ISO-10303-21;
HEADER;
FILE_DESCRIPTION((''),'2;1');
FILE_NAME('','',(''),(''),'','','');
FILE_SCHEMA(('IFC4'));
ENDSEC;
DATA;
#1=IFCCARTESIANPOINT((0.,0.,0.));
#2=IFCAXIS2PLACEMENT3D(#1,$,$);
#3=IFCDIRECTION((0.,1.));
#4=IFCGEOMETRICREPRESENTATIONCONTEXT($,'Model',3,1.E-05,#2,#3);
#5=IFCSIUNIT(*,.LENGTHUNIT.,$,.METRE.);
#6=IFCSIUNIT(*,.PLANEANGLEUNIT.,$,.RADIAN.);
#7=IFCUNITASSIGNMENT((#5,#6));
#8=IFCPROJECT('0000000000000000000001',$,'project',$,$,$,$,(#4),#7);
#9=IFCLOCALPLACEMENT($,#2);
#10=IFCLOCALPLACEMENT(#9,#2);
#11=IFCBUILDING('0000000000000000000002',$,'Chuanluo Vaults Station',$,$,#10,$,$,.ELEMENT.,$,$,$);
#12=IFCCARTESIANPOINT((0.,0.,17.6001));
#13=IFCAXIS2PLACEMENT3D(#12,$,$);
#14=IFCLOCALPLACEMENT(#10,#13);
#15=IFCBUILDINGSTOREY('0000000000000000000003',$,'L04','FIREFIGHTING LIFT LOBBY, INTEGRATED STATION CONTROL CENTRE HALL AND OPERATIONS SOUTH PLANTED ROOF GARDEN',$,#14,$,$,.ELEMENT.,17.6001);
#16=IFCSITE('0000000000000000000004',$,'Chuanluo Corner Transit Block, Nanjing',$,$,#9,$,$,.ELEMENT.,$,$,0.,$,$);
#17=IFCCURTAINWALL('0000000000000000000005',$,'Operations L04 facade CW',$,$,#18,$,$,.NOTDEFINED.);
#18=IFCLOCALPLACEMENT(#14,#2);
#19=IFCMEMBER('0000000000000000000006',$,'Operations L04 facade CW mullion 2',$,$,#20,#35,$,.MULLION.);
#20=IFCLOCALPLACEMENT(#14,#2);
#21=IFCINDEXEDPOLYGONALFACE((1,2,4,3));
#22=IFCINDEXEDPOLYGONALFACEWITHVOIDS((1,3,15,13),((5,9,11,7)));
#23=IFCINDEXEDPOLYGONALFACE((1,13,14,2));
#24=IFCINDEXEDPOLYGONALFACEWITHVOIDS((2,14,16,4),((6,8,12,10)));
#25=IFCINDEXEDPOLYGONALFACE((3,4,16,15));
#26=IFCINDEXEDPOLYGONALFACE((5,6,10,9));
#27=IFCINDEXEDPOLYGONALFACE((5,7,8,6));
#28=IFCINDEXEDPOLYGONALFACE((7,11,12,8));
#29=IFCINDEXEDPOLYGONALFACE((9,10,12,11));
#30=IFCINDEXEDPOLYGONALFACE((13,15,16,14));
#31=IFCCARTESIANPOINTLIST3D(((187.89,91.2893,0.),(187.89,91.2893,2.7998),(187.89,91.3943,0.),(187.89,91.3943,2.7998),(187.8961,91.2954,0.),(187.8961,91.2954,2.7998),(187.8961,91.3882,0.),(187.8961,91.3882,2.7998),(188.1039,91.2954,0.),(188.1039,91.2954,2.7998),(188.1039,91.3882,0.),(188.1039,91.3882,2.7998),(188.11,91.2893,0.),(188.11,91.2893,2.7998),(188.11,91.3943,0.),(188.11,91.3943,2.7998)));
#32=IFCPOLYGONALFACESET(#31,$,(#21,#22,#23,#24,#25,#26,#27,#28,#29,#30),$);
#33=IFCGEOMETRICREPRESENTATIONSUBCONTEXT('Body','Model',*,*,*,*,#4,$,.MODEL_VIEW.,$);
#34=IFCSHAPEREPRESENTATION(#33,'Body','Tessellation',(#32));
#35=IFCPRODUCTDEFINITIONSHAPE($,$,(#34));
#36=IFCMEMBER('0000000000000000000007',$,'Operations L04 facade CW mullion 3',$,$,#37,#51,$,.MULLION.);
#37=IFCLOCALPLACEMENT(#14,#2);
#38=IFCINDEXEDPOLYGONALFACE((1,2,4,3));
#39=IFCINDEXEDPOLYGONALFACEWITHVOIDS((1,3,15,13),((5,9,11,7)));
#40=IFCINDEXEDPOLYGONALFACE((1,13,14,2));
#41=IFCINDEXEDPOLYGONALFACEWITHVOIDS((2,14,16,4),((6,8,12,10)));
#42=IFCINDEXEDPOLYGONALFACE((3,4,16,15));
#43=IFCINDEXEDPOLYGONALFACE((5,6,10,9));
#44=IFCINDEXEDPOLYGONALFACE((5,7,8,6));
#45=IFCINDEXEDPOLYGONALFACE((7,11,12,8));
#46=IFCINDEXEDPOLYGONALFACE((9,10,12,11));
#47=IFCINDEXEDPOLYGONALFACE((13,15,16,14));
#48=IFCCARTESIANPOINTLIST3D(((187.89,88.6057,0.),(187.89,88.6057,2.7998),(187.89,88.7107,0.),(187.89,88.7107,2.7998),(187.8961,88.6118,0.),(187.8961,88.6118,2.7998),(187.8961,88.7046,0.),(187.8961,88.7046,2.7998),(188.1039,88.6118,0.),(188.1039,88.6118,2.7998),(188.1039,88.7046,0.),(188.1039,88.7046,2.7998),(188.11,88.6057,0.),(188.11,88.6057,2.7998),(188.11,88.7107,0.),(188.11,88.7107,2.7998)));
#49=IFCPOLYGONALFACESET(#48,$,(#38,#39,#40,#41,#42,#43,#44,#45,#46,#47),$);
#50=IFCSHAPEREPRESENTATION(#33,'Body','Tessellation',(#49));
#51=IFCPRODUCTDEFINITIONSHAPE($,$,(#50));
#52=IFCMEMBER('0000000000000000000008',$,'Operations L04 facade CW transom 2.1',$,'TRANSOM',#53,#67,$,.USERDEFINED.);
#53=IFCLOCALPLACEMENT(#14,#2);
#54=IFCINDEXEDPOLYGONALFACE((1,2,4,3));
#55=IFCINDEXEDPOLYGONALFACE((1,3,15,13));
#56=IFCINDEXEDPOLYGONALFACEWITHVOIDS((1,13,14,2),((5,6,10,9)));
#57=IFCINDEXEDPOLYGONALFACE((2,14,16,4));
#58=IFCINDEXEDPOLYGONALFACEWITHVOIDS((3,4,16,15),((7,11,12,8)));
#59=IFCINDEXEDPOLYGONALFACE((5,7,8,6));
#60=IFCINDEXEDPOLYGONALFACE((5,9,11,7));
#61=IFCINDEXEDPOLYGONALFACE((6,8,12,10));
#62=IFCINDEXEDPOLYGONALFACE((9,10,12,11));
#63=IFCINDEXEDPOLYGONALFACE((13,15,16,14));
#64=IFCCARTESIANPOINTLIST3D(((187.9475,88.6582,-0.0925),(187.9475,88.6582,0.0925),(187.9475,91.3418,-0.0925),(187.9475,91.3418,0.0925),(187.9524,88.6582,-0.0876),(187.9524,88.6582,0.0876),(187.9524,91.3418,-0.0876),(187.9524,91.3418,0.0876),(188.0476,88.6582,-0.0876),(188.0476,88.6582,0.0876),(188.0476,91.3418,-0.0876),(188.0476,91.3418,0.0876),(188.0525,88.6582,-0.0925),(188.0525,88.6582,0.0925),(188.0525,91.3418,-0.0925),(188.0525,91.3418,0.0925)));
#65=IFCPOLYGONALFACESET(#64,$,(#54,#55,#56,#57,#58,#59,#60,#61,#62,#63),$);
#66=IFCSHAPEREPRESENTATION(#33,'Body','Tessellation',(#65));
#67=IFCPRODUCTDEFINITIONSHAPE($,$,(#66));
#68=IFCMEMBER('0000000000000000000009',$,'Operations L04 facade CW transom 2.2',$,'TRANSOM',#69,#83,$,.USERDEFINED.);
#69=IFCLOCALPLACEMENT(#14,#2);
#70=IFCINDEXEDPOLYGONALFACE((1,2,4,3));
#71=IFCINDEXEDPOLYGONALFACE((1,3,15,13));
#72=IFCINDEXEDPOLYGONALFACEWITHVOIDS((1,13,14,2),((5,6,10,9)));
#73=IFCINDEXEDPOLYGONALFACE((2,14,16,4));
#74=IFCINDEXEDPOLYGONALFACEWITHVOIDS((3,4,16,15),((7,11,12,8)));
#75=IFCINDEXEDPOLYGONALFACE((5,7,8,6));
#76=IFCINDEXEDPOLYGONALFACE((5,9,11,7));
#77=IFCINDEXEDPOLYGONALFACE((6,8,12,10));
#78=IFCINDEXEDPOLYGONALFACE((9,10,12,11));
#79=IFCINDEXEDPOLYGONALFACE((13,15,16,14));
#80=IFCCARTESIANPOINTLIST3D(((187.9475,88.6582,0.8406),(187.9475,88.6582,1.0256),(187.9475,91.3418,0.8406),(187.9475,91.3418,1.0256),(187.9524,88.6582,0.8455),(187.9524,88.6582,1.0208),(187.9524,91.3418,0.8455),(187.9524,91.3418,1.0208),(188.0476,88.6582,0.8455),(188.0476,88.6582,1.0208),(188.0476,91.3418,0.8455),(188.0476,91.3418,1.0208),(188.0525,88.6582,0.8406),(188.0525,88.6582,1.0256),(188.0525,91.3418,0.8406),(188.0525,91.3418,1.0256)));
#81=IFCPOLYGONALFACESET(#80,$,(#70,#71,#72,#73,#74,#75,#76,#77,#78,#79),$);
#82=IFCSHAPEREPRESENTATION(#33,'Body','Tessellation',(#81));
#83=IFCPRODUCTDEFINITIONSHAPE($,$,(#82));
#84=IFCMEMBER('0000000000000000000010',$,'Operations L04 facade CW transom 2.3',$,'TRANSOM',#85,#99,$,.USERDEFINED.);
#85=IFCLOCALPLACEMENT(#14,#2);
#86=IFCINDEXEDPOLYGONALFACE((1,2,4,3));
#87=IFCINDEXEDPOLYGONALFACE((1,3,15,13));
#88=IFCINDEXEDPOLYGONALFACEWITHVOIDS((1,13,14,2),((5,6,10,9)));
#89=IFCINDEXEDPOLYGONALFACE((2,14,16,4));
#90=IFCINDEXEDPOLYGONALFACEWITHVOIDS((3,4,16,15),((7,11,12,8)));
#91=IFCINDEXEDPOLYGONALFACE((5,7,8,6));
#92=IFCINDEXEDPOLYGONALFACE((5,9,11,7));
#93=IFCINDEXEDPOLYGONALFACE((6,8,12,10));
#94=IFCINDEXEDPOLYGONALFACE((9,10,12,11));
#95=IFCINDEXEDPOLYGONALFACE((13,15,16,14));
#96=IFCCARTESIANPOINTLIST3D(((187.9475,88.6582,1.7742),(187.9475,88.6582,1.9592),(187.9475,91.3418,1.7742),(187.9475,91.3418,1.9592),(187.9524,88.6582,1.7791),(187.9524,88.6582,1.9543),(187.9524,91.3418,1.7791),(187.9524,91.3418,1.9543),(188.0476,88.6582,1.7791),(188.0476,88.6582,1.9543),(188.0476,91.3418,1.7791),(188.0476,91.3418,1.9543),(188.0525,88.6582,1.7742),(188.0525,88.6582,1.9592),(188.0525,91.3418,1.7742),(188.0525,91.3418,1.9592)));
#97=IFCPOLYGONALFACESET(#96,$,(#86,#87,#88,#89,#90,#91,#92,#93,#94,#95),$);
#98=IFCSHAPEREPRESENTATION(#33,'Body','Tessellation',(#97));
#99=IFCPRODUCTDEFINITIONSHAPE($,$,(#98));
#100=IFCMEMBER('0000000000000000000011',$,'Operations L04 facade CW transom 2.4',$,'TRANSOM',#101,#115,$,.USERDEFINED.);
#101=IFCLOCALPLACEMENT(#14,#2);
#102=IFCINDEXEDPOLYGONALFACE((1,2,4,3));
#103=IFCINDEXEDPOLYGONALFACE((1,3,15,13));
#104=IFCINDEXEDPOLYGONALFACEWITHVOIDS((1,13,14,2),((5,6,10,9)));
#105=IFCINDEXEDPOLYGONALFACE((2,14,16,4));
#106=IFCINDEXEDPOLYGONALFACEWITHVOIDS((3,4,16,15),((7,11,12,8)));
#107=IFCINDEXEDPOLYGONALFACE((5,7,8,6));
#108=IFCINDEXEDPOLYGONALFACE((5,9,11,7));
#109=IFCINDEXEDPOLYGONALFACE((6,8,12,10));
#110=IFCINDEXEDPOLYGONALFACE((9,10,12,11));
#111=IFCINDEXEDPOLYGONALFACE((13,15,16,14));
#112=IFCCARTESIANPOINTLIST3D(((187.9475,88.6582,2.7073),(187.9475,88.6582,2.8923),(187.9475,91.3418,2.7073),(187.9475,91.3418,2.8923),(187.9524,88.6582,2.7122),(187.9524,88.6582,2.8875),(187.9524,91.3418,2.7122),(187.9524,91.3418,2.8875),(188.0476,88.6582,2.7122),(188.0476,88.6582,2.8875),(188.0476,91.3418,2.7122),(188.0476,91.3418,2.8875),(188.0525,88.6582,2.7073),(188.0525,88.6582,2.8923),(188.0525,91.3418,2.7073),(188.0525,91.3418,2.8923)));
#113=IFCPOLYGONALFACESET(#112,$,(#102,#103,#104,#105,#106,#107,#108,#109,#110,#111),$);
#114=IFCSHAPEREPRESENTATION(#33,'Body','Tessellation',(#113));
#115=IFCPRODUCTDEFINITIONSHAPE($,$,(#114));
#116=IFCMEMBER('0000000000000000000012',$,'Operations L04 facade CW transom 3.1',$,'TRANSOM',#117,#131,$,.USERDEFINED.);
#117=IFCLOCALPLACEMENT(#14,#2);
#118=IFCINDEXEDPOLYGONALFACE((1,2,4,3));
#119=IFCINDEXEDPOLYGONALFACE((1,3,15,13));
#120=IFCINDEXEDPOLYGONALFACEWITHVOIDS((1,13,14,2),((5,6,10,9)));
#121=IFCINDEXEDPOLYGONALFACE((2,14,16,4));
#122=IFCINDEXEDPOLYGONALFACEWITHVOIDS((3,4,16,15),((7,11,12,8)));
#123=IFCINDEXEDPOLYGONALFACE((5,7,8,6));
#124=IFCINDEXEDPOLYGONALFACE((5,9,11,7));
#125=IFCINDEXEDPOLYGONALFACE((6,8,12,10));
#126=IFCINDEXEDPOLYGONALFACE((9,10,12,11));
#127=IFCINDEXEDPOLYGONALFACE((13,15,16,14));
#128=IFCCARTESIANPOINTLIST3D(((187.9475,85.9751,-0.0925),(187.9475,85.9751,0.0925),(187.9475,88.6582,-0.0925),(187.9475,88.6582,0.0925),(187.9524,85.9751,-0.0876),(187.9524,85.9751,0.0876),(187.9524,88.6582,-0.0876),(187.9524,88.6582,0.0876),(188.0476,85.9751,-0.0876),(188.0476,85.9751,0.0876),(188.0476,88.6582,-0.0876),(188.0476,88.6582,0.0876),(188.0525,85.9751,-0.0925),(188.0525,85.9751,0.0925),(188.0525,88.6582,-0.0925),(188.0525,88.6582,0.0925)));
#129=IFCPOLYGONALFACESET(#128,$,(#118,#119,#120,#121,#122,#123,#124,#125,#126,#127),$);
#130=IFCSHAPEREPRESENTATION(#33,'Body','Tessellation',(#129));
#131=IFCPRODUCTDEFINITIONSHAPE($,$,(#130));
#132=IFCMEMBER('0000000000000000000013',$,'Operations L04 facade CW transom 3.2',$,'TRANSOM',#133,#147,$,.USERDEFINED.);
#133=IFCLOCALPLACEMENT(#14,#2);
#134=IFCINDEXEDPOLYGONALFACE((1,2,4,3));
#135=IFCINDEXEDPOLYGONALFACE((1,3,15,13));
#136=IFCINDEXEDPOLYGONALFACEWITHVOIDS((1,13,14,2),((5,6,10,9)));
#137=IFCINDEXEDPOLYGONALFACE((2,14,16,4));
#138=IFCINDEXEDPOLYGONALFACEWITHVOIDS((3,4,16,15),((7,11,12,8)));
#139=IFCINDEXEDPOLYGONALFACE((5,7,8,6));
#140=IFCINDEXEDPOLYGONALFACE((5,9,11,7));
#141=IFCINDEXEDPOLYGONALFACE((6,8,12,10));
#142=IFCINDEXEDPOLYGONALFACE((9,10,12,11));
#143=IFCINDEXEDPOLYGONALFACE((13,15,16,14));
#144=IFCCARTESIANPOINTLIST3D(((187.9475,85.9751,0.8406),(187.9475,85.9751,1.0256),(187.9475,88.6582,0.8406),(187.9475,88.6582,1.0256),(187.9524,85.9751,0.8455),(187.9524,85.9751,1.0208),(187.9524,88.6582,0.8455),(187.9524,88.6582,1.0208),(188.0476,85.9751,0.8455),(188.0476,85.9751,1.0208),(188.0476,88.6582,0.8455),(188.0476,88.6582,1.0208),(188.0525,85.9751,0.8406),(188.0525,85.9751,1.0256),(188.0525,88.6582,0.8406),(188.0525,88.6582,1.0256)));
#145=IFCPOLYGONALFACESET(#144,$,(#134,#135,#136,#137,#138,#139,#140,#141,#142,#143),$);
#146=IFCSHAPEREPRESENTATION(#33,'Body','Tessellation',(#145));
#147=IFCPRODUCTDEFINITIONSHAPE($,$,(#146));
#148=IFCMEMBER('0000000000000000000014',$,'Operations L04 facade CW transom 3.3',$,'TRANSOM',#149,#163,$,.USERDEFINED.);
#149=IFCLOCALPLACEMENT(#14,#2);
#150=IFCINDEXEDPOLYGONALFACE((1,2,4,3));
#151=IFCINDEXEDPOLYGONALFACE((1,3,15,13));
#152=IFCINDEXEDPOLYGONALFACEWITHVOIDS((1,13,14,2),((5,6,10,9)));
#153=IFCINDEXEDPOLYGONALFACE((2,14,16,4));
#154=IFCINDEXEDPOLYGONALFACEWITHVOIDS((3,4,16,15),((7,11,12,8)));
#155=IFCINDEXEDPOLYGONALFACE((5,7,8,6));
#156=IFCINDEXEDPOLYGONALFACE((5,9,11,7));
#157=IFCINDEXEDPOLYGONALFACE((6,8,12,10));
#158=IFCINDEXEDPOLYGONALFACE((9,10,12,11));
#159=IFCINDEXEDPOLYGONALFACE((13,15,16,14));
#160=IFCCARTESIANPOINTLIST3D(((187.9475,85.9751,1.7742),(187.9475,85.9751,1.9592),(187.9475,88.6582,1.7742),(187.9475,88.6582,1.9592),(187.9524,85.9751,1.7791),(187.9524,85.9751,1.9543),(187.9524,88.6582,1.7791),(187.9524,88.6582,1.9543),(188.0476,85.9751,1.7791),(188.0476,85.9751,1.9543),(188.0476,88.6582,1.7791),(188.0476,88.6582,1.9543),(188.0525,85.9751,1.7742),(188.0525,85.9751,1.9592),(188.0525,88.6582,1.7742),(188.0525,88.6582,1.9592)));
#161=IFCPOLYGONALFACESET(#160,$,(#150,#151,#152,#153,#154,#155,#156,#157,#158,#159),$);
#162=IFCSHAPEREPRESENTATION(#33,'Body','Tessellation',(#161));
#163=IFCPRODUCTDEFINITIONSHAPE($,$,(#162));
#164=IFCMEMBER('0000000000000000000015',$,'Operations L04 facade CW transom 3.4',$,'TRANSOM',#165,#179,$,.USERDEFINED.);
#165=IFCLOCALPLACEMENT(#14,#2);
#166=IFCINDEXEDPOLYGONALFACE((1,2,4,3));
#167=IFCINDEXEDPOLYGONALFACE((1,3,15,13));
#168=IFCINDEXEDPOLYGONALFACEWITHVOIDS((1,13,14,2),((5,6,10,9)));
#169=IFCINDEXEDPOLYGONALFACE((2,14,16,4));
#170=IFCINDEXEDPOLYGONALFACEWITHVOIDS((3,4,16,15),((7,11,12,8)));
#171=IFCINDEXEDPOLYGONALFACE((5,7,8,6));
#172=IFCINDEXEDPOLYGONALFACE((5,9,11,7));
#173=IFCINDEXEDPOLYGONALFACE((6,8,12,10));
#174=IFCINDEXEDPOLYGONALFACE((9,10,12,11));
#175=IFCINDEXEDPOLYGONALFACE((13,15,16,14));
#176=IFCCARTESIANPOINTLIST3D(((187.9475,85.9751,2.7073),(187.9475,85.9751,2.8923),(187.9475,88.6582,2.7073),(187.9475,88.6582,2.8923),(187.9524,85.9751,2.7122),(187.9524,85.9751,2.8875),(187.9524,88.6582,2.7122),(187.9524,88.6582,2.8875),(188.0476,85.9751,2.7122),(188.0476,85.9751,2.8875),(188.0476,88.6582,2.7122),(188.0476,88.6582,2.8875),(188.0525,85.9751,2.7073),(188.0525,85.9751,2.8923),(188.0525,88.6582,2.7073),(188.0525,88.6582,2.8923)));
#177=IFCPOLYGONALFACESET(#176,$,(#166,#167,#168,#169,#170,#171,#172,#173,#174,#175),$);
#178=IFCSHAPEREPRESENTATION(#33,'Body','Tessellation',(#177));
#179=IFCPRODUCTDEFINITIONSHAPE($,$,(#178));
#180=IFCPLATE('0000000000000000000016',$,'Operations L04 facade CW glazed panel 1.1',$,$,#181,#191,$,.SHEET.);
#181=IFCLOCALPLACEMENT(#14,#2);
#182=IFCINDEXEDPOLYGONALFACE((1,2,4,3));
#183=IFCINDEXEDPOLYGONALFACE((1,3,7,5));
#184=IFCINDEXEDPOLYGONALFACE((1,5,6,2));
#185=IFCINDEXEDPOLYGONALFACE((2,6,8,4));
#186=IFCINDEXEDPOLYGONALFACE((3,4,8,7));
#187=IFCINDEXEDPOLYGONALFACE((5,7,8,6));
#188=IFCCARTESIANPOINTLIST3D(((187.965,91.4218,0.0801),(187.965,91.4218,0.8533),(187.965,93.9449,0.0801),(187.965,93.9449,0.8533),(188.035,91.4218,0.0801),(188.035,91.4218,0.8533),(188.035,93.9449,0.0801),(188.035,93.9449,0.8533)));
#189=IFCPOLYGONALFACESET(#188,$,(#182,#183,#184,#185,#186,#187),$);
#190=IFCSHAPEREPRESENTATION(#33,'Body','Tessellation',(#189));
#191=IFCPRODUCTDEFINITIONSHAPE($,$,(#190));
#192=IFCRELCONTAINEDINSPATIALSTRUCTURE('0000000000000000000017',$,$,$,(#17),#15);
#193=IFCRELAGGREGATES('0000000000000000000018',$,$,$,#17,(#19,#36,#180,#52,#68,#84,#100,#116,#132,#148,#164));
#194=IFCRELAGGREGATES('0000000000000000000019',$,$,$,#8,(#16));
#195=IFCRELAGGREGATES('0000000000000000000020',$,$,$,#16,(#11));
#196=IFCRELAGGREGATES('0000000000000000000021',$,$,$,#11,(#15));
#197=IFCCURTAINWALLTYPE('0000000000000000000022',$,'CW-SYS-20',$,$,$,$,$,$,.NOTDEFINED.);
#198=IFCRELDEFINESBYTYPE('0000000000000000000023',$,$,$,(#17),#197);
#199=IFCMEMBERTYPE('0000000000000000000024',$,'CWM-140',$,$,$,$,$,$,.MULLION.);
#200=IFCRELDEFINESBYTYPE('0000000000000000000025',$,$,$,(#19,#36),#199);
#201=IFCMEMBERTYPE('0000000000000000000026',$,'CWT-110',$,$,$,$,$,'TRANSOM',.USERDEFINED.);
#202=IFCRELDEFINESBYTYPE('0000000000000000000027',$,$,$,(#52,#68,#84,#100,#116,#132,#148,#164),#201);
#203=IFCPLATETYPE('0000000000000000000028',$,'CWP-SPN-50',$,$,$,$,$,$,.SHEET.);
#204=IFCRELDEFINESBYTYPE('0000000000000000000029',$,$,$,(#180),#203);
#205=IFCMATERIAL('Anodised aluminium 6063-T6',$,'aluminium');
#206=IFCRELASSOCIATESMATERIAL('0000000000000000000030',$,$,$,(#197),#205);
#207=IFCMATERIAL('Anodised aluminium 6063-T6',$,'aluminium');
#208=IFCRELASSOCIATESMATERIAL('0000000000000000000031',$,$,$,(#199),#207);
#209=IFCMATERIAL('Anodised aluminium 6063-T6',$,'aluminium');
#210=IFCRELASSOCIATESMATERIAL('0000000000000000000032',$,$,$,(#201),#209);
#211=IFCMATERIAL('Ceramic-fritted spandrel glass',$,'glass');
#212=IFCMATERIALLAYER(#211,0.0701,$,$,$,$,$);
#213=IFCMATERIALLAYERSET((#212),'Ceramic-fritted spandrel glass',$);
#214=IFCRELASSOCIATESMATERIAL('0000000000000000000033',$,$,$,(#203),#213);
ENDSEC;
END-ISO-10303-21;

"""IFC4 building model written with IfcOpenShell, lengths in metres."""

from ifc_helpers import new_model, si_unit, direction, frame, origin, origin_2d, place, context, subcontext, project, spatial, rectangle, hollow_rectangle, extrude, material, layer, layer_set, material_profile, profile_set, type_object, element, aggregate, save


model = new_model("IFC4")

# Units and contexts
model_context = context("Model", 3, precision=1e-05, world=origin(), true_north=direction((0.0, 1.0)))
body_context = subcontext(model_context, "Body", "Model", "MODEL_VIEW")
ifc_project = project(units=[si_unit("LENGTHUNIT", "METRE"), si_unit("PLANEANGLEUNIT", "RADIAN")], contexts=[model_context])

# Site, building, storey
site_placement = place(None, origin())
site = spatial("IfcSite", under=ifc_project, at=site_placement, Name="Chuanluo Corner Transit Block, Nanjing", CompositionType="ELEMENT", RefElevation=0.0)
building_placement = place(site_placement, origin())
building = spatial("IfcBuilding", under=site, at=building_placement, Name="Chuanluo Vaults Station", CompositionType="ELEMENT")
storey_placement = place(building_placement, frame((0.0, 0.0, 17.6001)))
storey = spatial("IfcBuildingStorey", under=building, at=storey_placement, Name="L04", Description="FIREFIGHTING LIFT LOBBY, INTEGRATED STATION CONTROL CENTRE HALL AND OPERATIONS SOUTH PLANTED ROOF GARDEN", CompositionType="ELEMENT", Elevation=17.6001)

# Curtain wall, members, plate
ifc_material_1 = material(Name="Anodised aluminium 6063-T6", Category="aluminium")
curtain_wall_type = type_object("IfcCurtainWallType", Name="CW-SYS-20", PredefinedType="NOTDEFINED", material=ifc_material_1)
curtain_wall_placement = place(storey_placement, origin())
curtain_wall = element("IfcCurtainWall", 1, at=curtain_wall_placement, inside=storey, type_object=curtain_wall_type, Name="Operations L04 facade CW", PredefinedType="NOTDEFINED")
ifc_material_2 = material(Name="Anodised aluminium 6063-T6", Category="aluminium")
ifc_material_profile_1 = material_profile(ifc_material_2, hollow_rectangle(XDim=0.105, YDim=0.22, WallThickness=0.0061, at=origin_2d()))
ifc_profile_set_1 = profile_set([ifc_material_profile_1], Name="Anodised aluminium 6063-T6")
member_type_1 = type_object("IfcMemberType", Name="CWM-140", PredefinedType="MULLION", material=ifc_profile_set_1)
member_1_placement = place(storey_placement, frame((188.0, 91.3418, 0.0), z_axis=(0.0, 0.0, 1.0), x_axis=(0.0, -1.0, 0.0)))
member_1 = element("IfcMember", 2, at=member_1_placement, type_object=member_type_1, Name="Operations L04 facade CW mullion 2", PredefinedType="MULLION", context=body_context, shape_type="SweptSolid", body=[
    extrude(hollow_rectangle(XDim=0.105, YDim=0.22, WallThickness=0.0061, at=origin_2d()), origin(), (0.0, 0.0, 1.0), 2.7998),
])
member_2_placement = place(storey_placement, frame((188.0, 88.6582, 0.0), z_axis=(0.0, 0.0, 1.0), x_axis=(0.0, -1.0, 0.0)))
member_2 = element("IfcMember", 3, at=member_2_placement, type_object=member_type_1, Name="Operations L04 facade CW mullion 3", PredefinedType="MULLION", context=body_context, shape_type="SweptSolid", body=[
    extrude(hollow_rectangle(XDim=0.105, YDim=0.22, WallThickness=0.0061, at=origin_2d()), origin(), (0.0, 0.0, 1.0), 2.7998),
])
ifc_material_3 = material(Name="Anodised aluminium 6063-T6", Category="aluminium")
ifc_material_profile_2 = material_profile(ifc_material_3, hollow_rectangle(XDim=0.105, YDim=0.1851, WallThickness=0.0049, at=origin_2d()))
ifc_profile_set_2 = profile_set([ifc_material_profile_2], Name="Anodised aluminium 6063-T6")
member_type_2 = type_object("IfcMemberType", Name="CWT-110", ElementType="TRANSOM", PredefinedType="USERDEFINED", material=ifc_profile_set_2)
member_3_placement = place(storey_placement, frame((188.0, 91.3418, 0.0), z_axis=(0.0, -1.0, 0.0), x_axis=(1.0, 0.0, 0.0)))
member_3 = element("IfcMember", 4, at=member_3_placement, type_object=member_type_2, Name="Operations L04 facade CW transom 2.1", ObjectType="TRANSOM", PredefinedType="USERDEFINED", context=body_context, shape_type="SweptSolid", body=[
    extrude(hollow_rectangle(XDim=0.105, YDim=0.1851, WallThickness=0.0049, at=origin_2d()), origin(), (0.0, 0.0, 1.0), 2.6836),
])
member_4_placement = place(storey_placement, frame((188.0, 91.3418, 0.9331), z_axis=(0.0, -1.0, 0.0), x_axis=(1.0, 0.0, 0.0)))
member_4 = element("IfcMember", 5, at=member_4_placement, type_object=member_type_2, Name="Operations L04 facade CW transom 2.2", ObjectType="TRANSOM", PredefinedType="USERDEFINED", context=body_context, shape_type="SweptSolid", body=[
    extrude(hollow_rectangle(XDim=0.105, YDim=0.1851, WallThickness=0.0049, at=origin_2d()), origin(), (0.0, 0.0, 1.0), 2.6836),
])
member_5_placement = place(storey_placement, frame((188.0, 91.3418, 1.8667), z_axis=(0.0, -1.0, 0.0), x_axis=(1.0, 0.0, 0.0)))
member_5 = element("IfcMember", 6, at=member_5_placement, type_object=member_type_2, Name="Operations L04 facade CW transom 2.3", ObjectType="TRANSOM", PredefinedType="USERDEFINED", context=body_context, shape_type="SweptSolid", body=[
    extrude(hollow_rectangle(XDim=0.105, YDim=0.1851, WallThickness=0.0049, at=origin_2d()), origin(), (0.0, 0.0, 1.0), 2.6836),
])
member_6_placement = place(storey_placement, frame((188.0, 91.3418, 2.7998), z_axis=(0.0, -1.0, 0.0), x_axis=(1.0, 0.0, 0.0)))
member_6 = element("IfcMember", 7, at=member_6_placement, type_object=member_type_2, Name="Operations L04 facade CW transom 2.4", ObjectType="TRANSOM", PredefinedType="USERDEFINED", context=body_context, shape_type="SweptSolid", body=[
    extrude(hollow_rectangle(XDim=0.105, YDim=0.1851, WallThickness=0.0049, at=origin_2d()), origin(), (0.0, 0.0, 1.0), 2.6836),
])
member_7_placement = place(storey_placement, frame((188.0, 88.6582, 0.0), z_axis=(0.0, -1.0, 0.0), x_axis=(1.0, 0.0, 0.0)))
member_7 = element("IfcMember", 8, at=member_7_placement, type_object=member_type_2, Name="Operations L04 facade CW transom 3.1", ObjectType="TRANSOM", PredefinedType="USERDEFINED", context=body_context, shape_type="SweptSolid", body=[
    extrude(hollow_rectangle(XDim=0.105, YDim=0.1851, WallThickness=0.0049, at=origin_2d()), origin(), (0.0, 0.0, 1.0), 2.6831),
])
member_8_placement = place(storey_placement, frame((188.0, 88.6582, 0.9331), z_axis=(0.0, -1.0, 0.0), x_axis=(1.0, 0.0, 0.0)))
member_8 = element("IfcMember", 9, at=member_8_placement, type_object=member_type_2, Name="Operations L04 facade CW transom 3.2", ObjectType="TRANSOM", PredefinedType="USERDEFINED", context=body_context, shape_type="SweptSolid", body=[
    extrude(hollow_rectangle(XDim=0.105, YDim=0.1851, WallThickness=0.0049, at=origin_2d()), origin(), (0.0, 0.0, 1.0), 2.6831),
])
member_9_placement = place(storey_placement, frame((188.0, 88.6582, 1.8667), z_axis=(0.0, -1.0, 0.0), x_axis=(1.0, 0.0, 0.0)))
member_9 = element("IfcMember", 10, at=member_9_placement, type_object=member_type_2, Name="Operations L04 facade CW transom 3.3", ObjectType="TRANSOM", PredefinedType="USERDEFINED", context=body_context, shape_type="SweptSolid", body=[
    extrude(hollow_rectangle(XDim=0.105, YDim=0.1851, WallThickness=0.0049, at=origin_2d()), origin(), (0.0, 0.0, 1.0), 2.6831),
])
member_10_placement = place(storey_placement, frame((188.0, 88.6582, 2.7998), z_axis=(0.0, -1.0, 0.0), x_axis=(1.0, 0.0, 0.0)))
member_10 = element("IfcMember", 11, at=member_10_placement, type_object=member_type_2, Name="Operations L04 facade CW transom 3.4", ObjectType="TRANSOM", PredefinedType="USERDEFINED", context=body_context, shape_type="SweptSolid", body=[
    extrude(hollow_rectangle(XDim=0.105, YDim=0.1851, WallThickness=0.0049, at=origin_2d()), origin(), (0.0, 0.0, 1.0), 2.6831),
])
ifc_material_4 = material(Name="Ceramic-fritted spandrel glass", Category="glass")
ifc_layer_1 = layer(ifc_material_4, 0.0701)
ifc_layer_set_1 = layer_set([ifc_layer_1], Name="Ceramic-fritted spandrel glass")
plate_type_1 = type_object("IfcPlateType", Name="CWP-SPN-50", PredefinedType="SHEET", material=ifc_layer_set_1)
plate_1_placement = place(storey_placement, frame((188.0, 92.6833, 0.0801), z_axis=(0.0, 0.0, 1.0), x_axis=(0.0, -1.0, 0.0)))
plate_1 = element("IfcPlate", 12, at=plate_1_placement, type_object=plate_type_1, Name="Operations L04 facade CW glazed panel 1.1", PredefinedType="SHEET", context=body_context, shape_type="SweptSolid", body=[
    extrude(rectangle(XDim=2.5232, YDim=0.0701, at=origin_2d()), origin(), (0.0, 0.0, 1.0), 0.7732),
])
aggregate(curtain_wall, [member_1, member_2, plate_1, member_3, member_4, member_5, member_6, member_7, member_8, member_9, member_10])

save(model, "model.ifc")
